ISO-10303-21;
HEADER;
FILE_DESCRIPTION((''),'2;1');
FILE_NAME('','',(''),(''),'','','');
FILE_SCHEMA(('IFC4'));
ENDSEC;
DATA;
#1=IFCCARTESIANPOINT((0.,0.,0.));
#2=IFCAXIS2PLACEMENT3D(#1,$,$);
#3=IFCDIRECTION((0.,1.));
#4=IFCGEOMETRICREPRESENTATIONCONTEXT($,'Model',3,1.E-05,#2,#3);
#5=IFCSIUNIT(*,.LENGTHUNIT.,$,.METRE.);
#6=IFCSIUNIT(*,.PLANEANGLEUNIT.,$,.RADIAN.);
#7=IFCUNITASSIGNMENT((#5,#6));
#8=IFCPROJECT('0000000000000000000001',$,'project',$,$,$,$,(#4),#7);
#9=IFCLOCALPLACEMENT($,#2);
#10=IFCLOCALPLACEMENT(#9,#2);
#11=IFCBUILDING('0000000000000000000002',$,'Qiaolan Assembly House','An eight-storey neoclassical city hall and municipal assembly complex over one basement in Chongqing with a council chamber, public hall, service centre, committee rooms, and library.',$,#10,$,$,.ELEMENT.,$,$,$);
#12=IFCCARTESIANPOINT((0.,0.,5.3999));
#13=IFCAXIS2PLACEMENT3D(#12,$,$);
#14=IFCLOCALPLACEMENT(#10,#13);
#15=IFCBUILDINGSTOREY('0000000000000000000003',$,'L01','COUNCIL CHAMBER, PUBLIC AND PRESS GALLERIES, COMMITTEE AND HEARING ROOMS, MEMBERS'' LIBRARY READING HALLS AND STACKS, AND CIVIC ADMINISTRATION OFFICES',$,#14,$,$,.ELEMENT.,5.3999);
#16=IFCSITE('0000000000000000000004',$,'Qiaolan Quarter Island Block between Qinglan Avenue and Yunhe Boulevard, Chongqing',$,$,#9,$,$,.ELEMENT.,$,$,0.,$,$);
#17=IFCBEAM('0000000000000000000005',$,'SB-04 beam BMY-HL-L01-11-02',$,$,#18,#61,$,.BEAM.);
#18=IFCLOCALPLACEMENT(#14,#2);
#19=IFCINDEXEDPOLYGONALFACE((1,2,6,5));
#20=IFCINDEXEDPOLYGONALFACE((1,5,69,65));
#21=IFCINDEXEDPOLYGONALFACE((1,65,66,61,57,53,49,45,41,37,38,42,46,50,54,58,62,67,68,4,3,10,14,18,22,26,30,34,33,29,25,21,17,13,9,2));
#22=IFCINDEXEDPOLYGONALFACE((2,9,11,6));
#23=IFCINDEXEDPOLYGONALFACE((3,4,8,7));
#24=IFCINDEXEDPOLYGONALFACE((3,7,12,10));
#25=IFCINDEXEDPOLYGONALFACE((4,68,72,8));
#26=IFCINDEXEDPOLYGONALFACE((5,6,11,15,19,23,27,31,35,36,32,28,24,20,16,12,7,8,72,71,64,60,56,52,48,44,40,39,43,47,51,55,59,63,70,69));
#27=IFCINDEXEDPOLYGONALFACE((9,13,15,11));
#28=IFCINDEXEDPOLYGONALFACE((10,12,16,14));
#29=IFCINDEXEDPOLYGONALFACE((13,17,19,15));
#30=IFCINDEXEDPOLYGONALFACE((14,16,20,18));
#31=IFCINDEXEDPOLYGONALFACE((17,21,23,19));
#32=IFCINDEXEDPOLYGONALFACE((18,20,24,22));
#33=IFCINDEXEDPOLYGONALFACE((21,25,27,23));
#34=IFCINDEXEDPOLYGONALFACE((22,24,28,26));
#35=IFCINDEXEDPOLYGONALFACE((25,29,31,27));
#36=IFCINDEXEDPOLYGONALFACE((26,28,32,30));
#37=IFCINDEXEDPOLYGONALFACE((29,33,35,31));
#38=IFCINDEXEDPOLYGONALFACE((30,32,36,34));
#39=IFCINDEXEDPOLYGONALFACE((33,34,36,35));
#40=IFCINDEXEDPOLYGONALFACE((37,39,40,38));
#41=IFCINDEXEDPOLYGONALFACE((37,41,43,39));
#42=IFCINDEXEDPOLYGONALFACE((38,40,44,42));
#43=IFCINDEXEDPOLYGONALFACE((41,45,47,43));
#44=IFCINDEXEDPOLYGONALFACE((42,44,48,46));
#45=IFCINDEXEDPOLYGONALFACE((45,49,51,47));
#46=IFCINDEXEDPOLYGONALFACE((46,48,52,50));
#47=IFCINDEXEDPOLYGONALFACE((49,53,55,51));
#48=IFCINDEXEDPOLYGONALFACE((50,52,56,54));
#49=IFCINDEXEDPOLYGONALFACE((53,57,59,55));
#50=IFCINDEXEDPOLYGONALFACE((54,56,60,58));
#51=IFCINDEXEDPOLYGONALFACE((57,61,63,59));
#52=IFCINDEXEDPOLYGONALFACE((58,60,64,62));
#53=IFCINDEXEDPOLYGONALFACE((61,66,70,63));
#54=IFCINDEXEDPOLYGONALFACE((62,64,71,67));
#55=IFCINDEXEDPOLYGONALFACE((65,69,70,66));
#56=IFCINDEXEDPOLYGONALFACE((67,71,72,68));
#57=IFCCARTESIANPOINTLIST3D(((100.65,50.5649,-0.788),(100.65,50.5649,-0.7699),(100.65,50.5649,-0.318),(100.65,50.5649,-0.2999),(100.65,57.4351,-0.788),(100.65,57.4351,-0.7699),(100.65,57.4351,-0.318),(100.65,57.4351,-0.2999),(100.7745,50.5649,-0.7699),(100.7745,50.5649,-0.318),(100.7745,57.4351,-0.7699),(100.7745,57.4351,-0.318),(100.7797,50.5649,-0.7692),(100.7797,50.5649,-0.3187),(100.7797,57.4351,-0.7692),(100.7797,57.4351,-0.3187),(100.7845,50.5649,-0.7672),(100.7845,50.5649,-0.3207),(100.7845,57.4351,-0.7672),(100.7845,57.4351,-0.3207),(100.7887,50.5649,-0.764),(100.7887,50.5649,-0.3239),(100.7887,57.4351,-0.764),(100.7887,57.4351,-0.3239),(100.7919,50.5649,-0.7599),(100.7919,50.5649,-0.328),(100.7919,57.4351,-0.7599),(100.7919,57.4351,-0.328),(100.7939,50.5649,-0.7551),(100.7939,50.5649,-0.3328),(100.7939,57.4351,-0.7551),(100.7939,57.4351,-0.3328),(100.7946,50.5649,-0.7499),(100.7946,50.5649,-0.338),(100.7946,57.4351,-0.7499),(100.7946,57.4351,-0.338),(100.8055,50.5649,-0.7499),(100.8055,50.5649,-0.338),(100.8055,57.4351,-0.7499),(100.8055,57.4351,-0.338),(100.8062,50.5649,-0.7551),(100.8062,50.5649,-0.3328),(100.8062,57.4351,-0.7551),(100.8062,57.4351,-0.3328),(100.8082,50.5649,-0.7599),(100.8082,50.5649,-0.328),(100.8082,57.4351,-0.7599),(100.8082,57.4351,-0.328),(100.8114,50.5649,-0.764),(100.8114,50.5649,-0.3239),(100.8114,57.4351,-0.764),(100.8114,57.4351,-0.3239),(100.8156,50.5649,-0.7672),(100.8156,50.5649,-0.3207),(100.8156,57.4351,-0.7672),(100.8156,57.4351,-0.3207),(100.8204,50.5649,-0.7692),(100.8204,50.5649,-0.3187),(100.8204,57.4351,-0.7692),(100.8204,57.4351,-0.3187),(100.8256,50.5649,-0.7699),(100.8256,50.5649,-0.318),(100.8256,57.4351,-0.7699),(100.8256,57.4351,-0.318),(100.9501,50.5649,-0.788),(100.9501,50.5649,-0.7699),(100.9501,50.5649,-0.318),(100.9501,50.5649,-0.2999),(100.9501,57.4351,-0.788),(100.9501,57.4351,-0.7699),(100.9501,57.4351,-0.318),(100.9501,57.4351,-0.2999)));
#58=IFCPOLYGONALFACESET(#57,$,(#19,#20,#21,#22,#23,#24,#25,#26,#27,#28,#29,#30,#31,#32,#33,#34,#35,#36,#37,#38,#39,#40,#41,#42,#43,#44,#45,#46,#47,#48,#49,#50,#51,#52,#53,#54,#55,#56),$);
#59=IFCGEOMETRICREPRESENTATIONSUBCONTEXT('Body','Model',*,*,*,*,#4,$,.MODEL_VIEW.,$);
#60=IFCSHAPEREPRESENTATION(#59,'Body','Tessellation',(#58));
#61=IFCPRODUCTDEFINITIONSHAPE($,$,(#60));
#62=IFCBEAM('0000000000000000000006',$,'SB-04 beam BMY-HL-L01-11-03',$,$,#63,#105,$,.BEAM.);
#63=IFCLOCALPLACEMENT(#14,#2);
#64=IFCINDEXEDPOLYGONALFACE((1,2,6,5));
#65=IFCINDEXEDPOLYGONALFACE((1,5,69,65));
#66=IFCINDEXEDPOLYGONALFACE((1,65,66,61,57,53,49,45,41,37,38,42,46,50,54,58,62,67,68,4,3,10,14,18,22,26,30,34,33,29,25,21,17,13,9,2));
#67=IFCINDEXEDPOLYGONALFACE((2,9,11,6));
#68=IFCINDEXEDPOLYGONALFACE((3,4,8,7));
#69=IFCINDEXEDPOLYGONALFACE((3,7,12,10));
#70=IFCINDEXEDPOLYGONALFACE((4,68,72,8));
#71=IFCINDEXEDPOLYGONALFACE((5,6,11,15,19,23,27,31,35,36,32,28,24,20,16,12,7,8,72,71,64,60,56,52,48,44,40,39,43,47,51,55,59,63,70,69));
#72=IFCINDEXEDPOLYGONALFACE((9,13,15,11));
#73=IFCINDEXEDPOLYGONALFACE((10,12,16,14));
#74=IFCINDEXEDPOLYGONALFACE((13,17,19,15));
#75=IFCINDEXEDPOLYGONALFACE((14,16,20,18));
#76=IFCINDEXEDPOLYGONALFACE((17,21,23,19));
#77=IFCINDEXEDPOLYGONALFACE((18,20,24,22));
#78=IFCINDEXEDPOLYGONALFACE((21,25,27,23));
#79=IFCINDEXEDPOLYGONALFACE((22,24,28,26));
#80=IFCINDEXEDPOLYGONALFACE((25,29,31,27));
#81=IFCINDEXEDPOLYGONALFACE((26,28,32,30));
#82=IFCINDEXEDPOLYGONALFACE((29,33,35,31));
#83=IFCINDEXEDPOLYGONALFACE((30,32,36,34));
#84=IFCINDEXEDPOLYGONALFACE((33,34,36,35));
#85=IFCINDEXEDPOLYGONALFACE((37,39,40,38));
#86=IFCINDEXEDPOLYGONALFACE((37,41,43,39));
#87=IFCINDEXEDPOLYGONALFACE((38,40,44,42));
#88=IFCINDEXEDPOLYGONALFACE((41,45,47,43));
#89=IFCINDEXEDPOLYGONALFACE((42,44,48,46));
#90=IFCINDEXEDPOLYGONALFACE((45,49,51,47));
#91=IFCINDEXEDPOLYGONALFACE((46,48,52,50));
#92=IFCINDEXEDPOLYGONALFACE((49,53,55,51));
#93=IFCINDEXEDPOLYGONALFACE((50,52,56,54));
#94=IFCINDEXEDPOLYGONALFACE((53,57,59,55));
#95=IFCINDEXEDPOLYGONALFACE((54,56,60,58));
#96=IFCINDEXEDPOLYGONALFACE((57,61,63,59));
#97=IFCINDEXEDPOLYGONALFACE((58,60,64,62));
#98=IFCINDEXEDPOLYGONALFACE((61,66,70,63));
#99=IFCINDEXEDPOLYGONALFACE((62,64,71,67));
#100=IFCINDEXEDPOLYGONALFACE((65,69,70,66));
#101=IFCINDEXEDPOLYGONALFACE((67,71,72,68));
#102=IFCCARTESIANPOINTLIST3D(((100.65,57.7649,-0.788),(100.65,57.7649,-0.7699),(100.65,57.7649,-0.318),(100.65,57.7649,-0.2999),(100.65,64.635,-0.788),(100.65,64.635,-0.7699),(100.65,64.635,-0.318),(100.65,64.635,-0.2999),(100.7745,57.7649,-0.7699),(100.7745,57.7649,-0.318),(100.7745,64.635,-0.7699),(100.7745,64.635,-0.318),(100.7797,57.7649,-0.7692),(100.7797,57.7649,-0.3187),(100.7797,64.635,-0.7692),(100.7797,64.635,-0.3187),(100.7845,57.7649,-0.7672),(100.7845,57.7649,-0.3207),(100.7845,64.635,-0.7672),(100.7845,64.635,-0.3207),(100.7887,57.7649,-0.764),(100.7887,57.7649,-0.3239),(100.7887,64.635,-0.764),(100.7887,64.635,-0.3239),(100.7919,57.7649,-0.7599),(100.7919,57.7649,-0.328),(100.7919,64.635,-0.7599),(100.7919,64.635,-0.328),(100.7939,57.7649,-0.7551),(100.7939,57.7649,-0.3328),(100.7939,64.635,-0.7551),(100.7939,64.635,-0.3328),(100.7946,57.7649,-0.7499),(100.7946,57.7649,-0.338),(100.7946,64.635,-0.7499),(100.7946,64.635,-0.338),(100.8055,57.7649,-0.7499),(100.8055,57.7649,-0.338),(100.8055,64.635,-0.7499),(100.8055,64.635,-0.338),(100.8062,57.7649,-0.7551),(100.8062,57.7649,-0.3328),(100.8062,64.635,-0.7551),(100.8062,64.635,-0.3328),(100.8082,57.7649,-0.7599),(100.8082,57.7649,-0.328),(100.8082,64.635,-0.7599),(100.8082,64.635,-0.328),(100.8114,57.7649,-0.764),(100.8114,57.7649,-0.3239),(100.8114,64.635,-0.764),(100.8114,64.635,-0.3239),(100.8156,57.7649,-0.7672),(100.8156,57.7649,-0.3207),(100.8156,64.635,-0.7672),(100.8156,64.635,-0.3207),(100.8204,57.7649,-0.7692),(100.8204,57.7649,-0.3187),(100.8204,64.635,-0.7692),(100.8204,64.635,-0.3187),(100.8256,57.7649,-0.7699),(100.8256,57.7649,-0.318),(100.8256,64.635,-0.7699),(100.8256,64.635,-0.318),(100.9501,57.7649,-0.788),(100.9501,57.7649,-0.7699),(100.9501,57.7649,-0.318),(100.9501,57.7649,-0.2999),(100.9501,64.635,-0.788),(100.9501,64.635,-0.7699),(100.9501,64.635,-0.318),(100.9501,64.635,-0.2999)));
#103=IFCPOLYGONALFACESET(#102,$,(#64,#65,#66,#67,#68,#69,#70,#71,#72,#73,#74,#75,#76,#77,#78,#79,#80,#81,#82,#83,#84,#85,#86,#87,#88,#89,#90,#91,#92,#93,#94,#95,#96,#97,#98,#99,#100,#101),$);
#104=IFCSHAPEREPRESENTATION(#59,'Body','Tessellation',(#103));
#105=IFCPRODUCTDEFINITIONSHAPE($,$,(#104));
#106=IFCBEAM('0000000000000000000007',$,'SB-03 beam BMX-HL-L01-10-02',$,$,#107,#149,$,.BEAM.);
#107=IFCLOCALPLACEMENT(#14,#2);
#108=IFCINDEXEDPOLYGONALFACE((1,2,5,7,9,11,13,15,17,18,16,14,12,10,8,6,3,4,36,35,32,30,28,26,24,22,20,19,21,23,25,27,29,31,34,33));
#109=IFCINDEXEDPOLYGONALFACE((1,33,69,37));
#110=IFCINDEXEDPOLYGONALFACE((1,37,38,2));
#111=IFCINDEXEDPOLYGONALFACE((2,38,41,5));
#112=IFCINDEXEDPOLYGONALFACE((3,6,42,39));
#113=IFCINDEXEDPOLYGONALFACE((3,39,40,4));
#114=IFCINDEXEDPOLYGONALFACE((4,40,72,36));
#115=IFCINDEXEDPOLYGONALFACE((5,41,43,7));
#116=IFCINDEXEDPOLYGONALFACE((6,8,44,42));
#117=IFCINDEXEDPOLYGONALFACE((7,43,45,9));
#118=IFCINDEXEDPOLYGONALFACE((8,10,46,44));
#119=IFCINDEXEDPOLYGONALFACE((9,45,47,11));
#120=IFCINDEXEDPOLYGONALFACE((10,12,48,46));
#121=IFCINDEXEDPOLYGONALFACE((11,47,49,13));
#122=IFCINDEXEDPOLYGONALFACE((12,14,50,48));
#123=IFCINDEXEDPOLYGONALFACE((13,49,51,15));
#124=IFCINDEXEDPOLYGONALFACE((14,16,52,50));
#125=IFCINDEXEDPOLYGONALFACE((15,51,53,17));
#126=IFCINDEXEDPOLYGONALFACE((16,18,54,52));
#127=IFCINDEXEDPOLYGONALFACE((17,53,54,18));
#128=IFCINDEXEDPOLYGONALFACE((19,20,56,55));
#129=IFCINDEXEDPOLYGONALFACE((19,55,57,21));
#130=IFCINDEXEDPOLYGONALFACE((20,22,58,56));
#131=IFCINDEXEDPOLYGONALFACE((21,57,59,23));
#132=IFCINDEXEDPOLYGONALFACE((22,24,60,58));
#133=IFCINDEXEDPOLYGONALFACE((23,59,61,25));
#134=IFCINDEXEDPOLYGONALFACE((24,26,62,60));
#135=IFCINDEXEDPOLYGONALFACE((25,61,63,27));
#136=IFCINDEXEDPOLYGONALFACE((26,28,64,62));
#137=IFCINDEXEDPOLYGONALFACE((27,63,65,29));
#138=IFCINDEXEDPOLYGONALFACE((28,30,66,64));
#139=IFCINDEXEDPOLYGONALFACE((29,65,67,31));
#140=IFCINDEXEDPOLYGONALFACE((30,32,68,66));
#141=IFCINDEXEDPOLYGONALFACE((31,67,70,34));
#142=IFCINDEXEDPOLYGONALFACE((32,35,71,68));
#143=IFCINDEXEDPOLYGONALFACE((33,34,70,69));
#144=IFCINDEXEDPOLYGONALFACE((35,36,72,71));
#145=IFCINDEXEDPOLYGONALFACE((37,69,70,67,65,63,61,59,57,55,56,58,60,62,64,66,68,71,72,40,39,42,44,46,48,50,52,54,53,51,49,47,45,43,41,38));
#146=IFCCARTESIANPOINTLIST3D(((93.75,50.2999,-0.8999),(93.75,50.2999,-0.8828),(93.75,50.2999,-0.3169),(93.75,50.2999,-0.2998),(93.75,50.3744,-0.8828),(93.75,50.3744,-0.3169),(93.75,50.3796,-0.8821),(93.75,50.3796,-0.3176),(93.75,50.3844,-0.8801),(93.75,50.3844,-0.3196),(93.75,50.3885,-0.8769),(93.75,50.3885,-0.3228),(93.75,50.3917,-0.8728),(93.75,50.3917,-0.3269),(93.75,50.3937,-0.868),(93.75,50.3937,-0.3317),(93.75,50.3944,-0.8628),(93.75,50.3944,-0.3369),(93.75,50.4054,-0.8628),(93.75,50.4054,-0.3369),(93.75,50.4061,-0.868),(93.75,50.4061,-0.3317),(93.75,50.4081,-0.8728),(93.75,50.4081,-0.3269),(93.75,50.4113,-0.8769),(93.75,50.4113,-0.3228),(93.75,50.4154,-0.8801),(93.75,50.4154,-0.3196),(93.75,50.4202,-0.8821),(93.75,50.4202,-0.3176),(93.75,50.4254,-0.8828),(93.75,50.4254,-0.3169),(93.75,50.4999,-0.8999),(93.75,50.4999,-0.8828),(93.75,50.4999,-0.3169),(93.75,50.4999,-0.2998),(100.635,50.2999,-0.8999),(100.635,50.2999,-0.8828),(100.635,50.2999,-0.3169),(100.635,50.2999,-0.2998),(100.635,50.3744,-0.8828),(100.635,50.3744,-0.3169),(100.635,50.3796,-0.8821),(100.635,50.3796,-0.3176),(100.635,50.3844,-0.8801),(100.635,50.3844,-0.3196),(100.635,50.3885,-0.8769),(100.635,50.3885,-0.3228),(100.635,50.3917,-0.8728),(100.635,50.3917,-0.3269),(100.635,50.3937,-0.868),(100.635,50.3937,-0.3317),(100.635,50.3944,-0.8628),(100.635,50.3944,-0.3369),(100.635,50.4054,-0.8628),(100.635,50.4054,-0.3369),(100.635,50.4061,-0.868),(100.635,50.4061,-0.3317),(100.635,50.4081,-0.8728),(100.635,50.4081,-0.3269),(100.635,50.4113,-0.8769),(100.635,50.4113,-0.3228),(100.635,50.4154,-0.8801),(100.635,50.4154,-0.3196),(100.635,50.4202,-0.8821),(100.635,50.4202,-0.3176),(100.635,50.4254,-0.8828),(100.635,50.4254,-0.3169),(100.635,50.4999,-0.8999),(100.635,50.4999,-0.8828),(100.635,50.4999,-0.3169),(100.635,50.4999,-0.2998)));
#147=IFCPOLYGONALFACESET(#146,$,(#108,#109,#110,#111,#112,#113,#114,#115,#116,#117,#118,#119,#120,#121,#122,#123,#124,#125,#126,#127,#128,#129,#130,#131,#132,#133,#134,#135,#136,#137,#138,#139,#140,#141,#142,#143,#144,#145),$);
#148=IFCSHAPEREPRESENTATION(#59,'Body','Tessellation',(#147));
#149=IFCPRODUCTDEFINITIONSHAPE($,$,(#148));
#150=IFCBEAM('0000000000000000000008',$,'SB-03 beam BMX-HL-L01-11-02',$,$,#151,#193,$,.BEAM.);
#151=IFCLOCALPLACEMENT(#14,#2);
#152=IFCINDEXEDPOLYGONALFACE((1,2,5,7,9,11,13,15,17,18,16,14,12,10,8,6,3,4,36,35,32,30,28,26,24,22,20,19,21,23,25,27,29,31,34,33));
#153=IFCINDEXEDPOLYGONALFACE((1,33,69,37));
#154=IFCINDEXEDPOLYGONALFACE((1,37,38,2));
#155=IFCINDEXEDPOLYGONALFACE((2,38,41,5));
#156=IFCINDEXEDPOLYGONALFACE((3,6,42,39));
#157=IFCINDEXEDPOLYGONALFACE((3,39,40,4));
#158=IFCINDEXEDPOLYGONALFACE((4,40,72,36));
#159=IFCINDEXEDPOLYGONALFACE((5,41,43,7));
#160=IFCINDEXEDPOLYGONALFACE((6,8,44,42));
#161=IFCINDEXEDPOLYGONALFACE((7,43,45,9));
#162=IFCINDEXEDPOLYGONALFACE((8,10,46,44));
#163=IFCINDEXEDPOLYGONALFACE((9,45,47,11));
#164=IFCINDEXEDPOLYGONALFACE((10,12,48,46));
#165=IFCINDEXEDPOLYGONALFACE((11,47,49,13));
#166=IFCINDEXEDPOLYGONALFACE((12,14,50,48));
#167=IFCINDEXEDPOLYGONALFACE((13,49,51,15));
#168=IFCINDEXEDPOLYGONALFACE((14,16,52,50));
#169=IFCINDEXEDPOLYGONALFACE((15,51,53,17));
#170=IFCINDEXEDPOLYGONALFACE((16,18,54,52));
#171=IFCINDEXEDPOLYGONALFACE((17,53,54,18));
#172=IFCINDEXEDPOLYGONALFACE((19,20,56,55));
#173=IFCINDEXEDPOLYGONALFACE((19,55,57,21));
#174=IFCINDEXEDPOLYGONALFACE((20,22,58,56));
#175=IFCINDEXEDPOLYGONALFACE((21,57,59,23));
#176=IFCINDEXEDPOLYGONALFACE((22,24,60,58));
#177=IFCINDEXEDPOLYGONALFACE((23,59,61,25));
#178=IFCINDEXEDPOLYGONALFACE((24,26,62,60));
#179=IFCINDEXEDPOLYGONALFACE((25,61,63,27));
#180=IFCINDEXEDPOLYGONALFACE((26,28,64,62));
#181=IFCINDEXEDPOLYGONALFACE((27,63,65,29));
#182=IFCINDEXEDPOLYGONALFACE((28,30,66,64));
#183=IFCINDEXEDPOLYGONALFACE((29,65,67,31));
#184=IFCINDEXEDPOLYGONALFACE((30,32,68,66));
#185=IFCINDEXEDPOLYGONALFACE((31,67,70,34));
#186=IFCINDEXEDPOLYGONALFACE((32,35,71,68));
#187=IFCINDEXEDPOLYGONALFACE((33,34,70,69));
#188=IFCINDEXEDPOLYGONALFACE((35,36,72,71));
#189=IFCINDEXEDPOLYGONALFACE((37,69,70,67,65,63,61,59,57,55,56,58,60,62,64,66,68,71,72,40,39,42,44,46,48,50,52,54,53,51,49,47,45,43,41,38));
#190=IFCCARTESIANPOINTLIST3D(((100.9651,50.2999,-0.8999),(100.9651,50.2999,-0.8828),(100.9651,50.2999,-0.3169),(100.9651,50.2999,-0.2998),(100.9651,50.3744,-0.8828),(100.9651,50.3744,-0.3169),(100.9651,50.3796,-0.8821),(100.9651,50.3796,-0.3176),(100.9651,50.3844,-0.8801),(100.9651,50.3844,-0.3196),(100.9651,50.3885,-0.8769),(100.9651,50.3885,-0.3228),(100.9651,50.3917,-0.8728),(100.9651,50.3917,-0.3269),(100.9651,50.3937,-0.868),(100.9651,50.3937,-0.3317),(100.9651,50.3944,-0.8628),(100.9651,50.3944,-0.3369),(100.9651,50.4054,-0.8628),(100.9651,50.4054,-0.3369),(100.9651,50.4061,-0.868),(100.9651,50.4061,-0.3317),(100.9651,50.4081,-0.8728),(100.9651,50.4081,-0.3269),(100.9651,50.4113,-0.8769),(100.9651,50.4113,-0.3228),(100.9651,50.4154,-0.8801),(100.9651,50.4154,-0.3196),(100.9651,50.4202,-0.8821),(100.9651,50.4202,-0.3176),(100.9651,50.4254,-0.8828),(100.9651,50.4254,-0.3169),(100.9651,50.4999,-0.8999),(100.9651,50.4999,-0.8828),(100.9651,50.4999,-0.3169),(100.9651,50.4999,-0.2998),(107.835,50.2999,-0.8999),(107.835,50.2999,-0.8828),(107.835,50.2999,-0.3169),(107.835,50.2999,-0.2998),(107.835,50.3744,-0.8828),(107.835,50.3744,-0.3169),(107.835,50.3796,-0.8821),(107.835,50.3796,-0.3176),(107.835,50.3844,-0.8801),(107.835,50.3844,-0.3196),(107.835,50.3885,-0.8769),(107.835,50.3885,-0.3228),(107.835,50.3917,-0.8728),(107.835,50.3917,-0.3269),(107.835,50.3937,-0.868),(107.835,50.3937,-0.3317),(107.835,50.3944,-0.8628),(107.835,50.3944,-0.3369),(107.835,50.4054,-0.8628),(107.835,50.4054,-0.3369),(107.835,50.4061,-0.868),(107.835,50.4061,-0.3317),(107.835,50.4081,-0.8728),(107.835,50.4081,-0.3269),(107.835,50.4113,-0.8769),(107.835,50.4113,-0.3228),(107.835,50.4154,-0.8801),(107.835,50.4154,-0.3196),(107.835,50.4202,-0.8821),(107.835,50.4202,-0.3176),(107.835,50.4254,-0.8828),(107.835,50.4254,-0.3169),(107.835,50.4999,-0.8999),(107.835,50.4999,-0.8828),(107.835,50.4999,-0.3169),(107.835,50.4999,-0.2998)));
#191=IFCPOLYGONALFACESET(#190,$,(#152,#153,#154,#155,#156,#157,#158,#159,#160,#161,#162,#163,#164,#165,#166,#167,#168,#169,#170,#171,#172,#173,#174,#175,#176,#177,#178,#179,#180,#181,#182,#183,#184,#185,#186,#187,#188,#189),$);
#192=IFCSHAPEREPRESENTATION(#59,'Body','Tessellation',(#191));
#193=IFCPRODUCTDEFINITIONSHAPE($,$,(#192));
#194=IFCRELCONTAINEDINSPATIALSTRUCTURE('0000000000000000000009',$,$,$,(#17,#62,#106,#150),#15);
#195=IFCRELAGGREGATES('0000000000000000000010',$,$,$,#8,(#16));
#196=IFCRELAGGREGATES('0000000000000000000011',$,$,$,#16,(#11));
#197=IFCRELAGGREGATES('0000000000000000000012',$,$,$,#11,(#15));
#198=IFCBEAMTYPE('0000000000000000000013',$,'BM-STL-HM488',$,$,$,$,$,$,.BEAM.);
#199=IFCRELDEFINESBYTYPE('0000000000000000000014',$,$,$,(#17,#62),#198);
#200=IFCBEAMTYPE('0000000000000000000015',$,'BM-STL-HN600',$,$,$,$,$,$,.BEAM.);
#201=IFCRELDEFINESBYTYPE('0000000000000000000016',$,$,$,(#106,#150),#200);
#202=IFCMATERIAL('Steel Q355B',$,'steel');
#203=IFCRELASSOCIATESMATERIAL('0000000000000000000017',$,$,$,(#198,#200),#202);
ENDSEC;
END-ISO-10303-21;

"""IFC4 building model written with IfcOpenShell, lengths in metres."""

from ifc_helpers import new_model, si_unit, direction, frame, origin, origin_2d, place, context, subcontext, project, spatial, i_section, extrude, material, material_profile, profile_set, type_object, element, save


model = new_model("IFC4")

# Units and contexts
model_context = context("Model", 3, precision=1e-05, world=origin(), true_north=direction((0.0, 1.0)))
body_context = subcontext(model_context, "Body", "Model", "MODEL_VIEW")
ifc_project = project(units=[si_unit("LENGTHUNIT", "METRE"), si_unit("PLANEANGLEUNIT", "RADIAN")], contexts=[model_context])

# Site, building, storey
site_placement = place(None, origin())
site = spatial("IfcSite", under=ifc_project, at=site_placement, Name="Qiaolan Quarter Island Block between Qinglan Avenue and Yunhe Boulevard, Chongqing", CompositionType="ELEMENT", RefElevation=0.0)
building_placement = place(site_placement, origin())
building = spatial("IfcBuilding", under=site, at=building_placement, Name="Qiaolan Assembly House", Description="An eight-storey neoclassical city hall and municipal assembly complex over one basement in Chongqing with a council chamber, public hall, service centre, committee rooms, and library.", CompositionType="ELEMENT")
storey_placement = place(building_placement, frame((0.0, 0.0, 5.3999)))
storey = spatial("IfcBuildingStorey", under=building, at=storey_placement, Name="L01", Description="COUNCIL CHAMBER, PUBLIC AND PRESS GALLERIES, COMMITTEE AND HEARING ROOMS, MEMBERS' LIBRARY READING HALLS AND STACKS, AND CIVIC ADMINISTRATION OFFICES", CompositionType="ELEMENT", Elevation=5.3999)

# Shared definitions
ifc_material_1 = material(Name="Steel Q355B", Category="steel")

# Beams
ifc_material_profile_1 = material_profile(ifc_material_1, i_section(OverallWidth=0.3, OverallDepth=0.488, WebThickness=0.011, FlangeThickness=0.0181, FilletRadius=0.02, at=origin_2d()), Name="HM 488x300x11x18")
ifc_profile_set_1 = profile_set([ifc_material_profile_1], Name="Steel Q355B")
beam_type_1 = type_object("IfcBeamType", Name="BM-STL-HM488", PredefinedType="BEAM", material=ifc_profile_set_1)
for number, where, z_axis, x_axis, name in (
    (1, (100.8, 50.5649, -0.5439), (0.0, 1.0, 0.0), (-1.0, 0.0, 0.0), "SB-04 beam BMY-HL-L01-11-02"),
    (2, (100.8, 57.7649, -0.5439), (0.0, 1.0, 0.0), (-1.0, 0.0, 0.0), "SB-04 beam BMY-HL-L01-11-03"),
):
    element("IfcBeam", number, at=place(storey_placement, frame(where, z_axis=z_axis, x_axis=x_axis)), inside=storey, type_object=beam_type_1, Name=name, PredefinedType="BEAM", context=body_context, shape_type="SweptSolid", body=[
        extrude(i_section(OverallWidth=0.3, OverallDepth=0.488, WebThickness=0.011, FlangeThickness=0.0181, FilletRadius=0.02, at=origin_2d()), origin(), (0.0, 0.0, 1.0), 6.8701),
    ])
ifc_material_profile_2 = material_profile(ifc_material_1, i_section(OverallWidth=0.2, OverallDepth=0.6001, WebThickness=0.011, FlangeThickness=0.0171, FilletRadius=0.02, at=origin_2d()), Name="HN 600x200x11x17")
ifc_profile_set_2 = profile_set([ifc_material_profile_2], Name="Steel Q355B")
beam_type_2 = type_object("IfcBeamType", Name="BM-STL-HN600", PredefinedType="BEAM", material=ifc_profile_set_2)
beam_1_placement = place(storey_placement, frame((93.75, 50.3999, -0.5999), z_axis=(1.0, 0.0, 0.0), x_axis=(0.0, 1.0, 0.0)))
element("IfcBeam", 3, at=beam_1_placement, inside=storey, type_object=beam_type_2, Name="SB-03 beam BMX-HL-L01-10-02", PredefinedType="BEAM", context=body_context, shape_type="SweptSolid", body=[
    extrude(i_section(OverallWidth=0.2, OverallDepth=0.6001, WebThickness=0.011, FlangeThickness=0.0171, FilletRadius=0.02, at=origin_2d()), origin(), (0.0, 0.0, 1.0), 6.885),
])
beam_2_placement = place(storey_placement, frame((100.9651, 50.3999, -0.5999), z_axis=(1.0, 0.0, 0.0), x_axis=(0.0, 1.0, 0.0)))
element("IfcBeam", 4, at=beam_2_placement, inside=storey, type_object=beam_type_2, Name="SB-03 beam BMX-HL-L01-11-02", PredefinedType="BEAM", context=body_context, shape_type="SweptSolid", body=[
    extrude(i_section(OverallWidth=0.2, OverallDepth=0.6001, WebThickness=0.011, FlangeThickness=0.0171, FilletRadius=0.02, at=origin_2d()), origin(), (0.0, 0.0, 1.0), 6.8699),
])

save(model, "model.ifc")
